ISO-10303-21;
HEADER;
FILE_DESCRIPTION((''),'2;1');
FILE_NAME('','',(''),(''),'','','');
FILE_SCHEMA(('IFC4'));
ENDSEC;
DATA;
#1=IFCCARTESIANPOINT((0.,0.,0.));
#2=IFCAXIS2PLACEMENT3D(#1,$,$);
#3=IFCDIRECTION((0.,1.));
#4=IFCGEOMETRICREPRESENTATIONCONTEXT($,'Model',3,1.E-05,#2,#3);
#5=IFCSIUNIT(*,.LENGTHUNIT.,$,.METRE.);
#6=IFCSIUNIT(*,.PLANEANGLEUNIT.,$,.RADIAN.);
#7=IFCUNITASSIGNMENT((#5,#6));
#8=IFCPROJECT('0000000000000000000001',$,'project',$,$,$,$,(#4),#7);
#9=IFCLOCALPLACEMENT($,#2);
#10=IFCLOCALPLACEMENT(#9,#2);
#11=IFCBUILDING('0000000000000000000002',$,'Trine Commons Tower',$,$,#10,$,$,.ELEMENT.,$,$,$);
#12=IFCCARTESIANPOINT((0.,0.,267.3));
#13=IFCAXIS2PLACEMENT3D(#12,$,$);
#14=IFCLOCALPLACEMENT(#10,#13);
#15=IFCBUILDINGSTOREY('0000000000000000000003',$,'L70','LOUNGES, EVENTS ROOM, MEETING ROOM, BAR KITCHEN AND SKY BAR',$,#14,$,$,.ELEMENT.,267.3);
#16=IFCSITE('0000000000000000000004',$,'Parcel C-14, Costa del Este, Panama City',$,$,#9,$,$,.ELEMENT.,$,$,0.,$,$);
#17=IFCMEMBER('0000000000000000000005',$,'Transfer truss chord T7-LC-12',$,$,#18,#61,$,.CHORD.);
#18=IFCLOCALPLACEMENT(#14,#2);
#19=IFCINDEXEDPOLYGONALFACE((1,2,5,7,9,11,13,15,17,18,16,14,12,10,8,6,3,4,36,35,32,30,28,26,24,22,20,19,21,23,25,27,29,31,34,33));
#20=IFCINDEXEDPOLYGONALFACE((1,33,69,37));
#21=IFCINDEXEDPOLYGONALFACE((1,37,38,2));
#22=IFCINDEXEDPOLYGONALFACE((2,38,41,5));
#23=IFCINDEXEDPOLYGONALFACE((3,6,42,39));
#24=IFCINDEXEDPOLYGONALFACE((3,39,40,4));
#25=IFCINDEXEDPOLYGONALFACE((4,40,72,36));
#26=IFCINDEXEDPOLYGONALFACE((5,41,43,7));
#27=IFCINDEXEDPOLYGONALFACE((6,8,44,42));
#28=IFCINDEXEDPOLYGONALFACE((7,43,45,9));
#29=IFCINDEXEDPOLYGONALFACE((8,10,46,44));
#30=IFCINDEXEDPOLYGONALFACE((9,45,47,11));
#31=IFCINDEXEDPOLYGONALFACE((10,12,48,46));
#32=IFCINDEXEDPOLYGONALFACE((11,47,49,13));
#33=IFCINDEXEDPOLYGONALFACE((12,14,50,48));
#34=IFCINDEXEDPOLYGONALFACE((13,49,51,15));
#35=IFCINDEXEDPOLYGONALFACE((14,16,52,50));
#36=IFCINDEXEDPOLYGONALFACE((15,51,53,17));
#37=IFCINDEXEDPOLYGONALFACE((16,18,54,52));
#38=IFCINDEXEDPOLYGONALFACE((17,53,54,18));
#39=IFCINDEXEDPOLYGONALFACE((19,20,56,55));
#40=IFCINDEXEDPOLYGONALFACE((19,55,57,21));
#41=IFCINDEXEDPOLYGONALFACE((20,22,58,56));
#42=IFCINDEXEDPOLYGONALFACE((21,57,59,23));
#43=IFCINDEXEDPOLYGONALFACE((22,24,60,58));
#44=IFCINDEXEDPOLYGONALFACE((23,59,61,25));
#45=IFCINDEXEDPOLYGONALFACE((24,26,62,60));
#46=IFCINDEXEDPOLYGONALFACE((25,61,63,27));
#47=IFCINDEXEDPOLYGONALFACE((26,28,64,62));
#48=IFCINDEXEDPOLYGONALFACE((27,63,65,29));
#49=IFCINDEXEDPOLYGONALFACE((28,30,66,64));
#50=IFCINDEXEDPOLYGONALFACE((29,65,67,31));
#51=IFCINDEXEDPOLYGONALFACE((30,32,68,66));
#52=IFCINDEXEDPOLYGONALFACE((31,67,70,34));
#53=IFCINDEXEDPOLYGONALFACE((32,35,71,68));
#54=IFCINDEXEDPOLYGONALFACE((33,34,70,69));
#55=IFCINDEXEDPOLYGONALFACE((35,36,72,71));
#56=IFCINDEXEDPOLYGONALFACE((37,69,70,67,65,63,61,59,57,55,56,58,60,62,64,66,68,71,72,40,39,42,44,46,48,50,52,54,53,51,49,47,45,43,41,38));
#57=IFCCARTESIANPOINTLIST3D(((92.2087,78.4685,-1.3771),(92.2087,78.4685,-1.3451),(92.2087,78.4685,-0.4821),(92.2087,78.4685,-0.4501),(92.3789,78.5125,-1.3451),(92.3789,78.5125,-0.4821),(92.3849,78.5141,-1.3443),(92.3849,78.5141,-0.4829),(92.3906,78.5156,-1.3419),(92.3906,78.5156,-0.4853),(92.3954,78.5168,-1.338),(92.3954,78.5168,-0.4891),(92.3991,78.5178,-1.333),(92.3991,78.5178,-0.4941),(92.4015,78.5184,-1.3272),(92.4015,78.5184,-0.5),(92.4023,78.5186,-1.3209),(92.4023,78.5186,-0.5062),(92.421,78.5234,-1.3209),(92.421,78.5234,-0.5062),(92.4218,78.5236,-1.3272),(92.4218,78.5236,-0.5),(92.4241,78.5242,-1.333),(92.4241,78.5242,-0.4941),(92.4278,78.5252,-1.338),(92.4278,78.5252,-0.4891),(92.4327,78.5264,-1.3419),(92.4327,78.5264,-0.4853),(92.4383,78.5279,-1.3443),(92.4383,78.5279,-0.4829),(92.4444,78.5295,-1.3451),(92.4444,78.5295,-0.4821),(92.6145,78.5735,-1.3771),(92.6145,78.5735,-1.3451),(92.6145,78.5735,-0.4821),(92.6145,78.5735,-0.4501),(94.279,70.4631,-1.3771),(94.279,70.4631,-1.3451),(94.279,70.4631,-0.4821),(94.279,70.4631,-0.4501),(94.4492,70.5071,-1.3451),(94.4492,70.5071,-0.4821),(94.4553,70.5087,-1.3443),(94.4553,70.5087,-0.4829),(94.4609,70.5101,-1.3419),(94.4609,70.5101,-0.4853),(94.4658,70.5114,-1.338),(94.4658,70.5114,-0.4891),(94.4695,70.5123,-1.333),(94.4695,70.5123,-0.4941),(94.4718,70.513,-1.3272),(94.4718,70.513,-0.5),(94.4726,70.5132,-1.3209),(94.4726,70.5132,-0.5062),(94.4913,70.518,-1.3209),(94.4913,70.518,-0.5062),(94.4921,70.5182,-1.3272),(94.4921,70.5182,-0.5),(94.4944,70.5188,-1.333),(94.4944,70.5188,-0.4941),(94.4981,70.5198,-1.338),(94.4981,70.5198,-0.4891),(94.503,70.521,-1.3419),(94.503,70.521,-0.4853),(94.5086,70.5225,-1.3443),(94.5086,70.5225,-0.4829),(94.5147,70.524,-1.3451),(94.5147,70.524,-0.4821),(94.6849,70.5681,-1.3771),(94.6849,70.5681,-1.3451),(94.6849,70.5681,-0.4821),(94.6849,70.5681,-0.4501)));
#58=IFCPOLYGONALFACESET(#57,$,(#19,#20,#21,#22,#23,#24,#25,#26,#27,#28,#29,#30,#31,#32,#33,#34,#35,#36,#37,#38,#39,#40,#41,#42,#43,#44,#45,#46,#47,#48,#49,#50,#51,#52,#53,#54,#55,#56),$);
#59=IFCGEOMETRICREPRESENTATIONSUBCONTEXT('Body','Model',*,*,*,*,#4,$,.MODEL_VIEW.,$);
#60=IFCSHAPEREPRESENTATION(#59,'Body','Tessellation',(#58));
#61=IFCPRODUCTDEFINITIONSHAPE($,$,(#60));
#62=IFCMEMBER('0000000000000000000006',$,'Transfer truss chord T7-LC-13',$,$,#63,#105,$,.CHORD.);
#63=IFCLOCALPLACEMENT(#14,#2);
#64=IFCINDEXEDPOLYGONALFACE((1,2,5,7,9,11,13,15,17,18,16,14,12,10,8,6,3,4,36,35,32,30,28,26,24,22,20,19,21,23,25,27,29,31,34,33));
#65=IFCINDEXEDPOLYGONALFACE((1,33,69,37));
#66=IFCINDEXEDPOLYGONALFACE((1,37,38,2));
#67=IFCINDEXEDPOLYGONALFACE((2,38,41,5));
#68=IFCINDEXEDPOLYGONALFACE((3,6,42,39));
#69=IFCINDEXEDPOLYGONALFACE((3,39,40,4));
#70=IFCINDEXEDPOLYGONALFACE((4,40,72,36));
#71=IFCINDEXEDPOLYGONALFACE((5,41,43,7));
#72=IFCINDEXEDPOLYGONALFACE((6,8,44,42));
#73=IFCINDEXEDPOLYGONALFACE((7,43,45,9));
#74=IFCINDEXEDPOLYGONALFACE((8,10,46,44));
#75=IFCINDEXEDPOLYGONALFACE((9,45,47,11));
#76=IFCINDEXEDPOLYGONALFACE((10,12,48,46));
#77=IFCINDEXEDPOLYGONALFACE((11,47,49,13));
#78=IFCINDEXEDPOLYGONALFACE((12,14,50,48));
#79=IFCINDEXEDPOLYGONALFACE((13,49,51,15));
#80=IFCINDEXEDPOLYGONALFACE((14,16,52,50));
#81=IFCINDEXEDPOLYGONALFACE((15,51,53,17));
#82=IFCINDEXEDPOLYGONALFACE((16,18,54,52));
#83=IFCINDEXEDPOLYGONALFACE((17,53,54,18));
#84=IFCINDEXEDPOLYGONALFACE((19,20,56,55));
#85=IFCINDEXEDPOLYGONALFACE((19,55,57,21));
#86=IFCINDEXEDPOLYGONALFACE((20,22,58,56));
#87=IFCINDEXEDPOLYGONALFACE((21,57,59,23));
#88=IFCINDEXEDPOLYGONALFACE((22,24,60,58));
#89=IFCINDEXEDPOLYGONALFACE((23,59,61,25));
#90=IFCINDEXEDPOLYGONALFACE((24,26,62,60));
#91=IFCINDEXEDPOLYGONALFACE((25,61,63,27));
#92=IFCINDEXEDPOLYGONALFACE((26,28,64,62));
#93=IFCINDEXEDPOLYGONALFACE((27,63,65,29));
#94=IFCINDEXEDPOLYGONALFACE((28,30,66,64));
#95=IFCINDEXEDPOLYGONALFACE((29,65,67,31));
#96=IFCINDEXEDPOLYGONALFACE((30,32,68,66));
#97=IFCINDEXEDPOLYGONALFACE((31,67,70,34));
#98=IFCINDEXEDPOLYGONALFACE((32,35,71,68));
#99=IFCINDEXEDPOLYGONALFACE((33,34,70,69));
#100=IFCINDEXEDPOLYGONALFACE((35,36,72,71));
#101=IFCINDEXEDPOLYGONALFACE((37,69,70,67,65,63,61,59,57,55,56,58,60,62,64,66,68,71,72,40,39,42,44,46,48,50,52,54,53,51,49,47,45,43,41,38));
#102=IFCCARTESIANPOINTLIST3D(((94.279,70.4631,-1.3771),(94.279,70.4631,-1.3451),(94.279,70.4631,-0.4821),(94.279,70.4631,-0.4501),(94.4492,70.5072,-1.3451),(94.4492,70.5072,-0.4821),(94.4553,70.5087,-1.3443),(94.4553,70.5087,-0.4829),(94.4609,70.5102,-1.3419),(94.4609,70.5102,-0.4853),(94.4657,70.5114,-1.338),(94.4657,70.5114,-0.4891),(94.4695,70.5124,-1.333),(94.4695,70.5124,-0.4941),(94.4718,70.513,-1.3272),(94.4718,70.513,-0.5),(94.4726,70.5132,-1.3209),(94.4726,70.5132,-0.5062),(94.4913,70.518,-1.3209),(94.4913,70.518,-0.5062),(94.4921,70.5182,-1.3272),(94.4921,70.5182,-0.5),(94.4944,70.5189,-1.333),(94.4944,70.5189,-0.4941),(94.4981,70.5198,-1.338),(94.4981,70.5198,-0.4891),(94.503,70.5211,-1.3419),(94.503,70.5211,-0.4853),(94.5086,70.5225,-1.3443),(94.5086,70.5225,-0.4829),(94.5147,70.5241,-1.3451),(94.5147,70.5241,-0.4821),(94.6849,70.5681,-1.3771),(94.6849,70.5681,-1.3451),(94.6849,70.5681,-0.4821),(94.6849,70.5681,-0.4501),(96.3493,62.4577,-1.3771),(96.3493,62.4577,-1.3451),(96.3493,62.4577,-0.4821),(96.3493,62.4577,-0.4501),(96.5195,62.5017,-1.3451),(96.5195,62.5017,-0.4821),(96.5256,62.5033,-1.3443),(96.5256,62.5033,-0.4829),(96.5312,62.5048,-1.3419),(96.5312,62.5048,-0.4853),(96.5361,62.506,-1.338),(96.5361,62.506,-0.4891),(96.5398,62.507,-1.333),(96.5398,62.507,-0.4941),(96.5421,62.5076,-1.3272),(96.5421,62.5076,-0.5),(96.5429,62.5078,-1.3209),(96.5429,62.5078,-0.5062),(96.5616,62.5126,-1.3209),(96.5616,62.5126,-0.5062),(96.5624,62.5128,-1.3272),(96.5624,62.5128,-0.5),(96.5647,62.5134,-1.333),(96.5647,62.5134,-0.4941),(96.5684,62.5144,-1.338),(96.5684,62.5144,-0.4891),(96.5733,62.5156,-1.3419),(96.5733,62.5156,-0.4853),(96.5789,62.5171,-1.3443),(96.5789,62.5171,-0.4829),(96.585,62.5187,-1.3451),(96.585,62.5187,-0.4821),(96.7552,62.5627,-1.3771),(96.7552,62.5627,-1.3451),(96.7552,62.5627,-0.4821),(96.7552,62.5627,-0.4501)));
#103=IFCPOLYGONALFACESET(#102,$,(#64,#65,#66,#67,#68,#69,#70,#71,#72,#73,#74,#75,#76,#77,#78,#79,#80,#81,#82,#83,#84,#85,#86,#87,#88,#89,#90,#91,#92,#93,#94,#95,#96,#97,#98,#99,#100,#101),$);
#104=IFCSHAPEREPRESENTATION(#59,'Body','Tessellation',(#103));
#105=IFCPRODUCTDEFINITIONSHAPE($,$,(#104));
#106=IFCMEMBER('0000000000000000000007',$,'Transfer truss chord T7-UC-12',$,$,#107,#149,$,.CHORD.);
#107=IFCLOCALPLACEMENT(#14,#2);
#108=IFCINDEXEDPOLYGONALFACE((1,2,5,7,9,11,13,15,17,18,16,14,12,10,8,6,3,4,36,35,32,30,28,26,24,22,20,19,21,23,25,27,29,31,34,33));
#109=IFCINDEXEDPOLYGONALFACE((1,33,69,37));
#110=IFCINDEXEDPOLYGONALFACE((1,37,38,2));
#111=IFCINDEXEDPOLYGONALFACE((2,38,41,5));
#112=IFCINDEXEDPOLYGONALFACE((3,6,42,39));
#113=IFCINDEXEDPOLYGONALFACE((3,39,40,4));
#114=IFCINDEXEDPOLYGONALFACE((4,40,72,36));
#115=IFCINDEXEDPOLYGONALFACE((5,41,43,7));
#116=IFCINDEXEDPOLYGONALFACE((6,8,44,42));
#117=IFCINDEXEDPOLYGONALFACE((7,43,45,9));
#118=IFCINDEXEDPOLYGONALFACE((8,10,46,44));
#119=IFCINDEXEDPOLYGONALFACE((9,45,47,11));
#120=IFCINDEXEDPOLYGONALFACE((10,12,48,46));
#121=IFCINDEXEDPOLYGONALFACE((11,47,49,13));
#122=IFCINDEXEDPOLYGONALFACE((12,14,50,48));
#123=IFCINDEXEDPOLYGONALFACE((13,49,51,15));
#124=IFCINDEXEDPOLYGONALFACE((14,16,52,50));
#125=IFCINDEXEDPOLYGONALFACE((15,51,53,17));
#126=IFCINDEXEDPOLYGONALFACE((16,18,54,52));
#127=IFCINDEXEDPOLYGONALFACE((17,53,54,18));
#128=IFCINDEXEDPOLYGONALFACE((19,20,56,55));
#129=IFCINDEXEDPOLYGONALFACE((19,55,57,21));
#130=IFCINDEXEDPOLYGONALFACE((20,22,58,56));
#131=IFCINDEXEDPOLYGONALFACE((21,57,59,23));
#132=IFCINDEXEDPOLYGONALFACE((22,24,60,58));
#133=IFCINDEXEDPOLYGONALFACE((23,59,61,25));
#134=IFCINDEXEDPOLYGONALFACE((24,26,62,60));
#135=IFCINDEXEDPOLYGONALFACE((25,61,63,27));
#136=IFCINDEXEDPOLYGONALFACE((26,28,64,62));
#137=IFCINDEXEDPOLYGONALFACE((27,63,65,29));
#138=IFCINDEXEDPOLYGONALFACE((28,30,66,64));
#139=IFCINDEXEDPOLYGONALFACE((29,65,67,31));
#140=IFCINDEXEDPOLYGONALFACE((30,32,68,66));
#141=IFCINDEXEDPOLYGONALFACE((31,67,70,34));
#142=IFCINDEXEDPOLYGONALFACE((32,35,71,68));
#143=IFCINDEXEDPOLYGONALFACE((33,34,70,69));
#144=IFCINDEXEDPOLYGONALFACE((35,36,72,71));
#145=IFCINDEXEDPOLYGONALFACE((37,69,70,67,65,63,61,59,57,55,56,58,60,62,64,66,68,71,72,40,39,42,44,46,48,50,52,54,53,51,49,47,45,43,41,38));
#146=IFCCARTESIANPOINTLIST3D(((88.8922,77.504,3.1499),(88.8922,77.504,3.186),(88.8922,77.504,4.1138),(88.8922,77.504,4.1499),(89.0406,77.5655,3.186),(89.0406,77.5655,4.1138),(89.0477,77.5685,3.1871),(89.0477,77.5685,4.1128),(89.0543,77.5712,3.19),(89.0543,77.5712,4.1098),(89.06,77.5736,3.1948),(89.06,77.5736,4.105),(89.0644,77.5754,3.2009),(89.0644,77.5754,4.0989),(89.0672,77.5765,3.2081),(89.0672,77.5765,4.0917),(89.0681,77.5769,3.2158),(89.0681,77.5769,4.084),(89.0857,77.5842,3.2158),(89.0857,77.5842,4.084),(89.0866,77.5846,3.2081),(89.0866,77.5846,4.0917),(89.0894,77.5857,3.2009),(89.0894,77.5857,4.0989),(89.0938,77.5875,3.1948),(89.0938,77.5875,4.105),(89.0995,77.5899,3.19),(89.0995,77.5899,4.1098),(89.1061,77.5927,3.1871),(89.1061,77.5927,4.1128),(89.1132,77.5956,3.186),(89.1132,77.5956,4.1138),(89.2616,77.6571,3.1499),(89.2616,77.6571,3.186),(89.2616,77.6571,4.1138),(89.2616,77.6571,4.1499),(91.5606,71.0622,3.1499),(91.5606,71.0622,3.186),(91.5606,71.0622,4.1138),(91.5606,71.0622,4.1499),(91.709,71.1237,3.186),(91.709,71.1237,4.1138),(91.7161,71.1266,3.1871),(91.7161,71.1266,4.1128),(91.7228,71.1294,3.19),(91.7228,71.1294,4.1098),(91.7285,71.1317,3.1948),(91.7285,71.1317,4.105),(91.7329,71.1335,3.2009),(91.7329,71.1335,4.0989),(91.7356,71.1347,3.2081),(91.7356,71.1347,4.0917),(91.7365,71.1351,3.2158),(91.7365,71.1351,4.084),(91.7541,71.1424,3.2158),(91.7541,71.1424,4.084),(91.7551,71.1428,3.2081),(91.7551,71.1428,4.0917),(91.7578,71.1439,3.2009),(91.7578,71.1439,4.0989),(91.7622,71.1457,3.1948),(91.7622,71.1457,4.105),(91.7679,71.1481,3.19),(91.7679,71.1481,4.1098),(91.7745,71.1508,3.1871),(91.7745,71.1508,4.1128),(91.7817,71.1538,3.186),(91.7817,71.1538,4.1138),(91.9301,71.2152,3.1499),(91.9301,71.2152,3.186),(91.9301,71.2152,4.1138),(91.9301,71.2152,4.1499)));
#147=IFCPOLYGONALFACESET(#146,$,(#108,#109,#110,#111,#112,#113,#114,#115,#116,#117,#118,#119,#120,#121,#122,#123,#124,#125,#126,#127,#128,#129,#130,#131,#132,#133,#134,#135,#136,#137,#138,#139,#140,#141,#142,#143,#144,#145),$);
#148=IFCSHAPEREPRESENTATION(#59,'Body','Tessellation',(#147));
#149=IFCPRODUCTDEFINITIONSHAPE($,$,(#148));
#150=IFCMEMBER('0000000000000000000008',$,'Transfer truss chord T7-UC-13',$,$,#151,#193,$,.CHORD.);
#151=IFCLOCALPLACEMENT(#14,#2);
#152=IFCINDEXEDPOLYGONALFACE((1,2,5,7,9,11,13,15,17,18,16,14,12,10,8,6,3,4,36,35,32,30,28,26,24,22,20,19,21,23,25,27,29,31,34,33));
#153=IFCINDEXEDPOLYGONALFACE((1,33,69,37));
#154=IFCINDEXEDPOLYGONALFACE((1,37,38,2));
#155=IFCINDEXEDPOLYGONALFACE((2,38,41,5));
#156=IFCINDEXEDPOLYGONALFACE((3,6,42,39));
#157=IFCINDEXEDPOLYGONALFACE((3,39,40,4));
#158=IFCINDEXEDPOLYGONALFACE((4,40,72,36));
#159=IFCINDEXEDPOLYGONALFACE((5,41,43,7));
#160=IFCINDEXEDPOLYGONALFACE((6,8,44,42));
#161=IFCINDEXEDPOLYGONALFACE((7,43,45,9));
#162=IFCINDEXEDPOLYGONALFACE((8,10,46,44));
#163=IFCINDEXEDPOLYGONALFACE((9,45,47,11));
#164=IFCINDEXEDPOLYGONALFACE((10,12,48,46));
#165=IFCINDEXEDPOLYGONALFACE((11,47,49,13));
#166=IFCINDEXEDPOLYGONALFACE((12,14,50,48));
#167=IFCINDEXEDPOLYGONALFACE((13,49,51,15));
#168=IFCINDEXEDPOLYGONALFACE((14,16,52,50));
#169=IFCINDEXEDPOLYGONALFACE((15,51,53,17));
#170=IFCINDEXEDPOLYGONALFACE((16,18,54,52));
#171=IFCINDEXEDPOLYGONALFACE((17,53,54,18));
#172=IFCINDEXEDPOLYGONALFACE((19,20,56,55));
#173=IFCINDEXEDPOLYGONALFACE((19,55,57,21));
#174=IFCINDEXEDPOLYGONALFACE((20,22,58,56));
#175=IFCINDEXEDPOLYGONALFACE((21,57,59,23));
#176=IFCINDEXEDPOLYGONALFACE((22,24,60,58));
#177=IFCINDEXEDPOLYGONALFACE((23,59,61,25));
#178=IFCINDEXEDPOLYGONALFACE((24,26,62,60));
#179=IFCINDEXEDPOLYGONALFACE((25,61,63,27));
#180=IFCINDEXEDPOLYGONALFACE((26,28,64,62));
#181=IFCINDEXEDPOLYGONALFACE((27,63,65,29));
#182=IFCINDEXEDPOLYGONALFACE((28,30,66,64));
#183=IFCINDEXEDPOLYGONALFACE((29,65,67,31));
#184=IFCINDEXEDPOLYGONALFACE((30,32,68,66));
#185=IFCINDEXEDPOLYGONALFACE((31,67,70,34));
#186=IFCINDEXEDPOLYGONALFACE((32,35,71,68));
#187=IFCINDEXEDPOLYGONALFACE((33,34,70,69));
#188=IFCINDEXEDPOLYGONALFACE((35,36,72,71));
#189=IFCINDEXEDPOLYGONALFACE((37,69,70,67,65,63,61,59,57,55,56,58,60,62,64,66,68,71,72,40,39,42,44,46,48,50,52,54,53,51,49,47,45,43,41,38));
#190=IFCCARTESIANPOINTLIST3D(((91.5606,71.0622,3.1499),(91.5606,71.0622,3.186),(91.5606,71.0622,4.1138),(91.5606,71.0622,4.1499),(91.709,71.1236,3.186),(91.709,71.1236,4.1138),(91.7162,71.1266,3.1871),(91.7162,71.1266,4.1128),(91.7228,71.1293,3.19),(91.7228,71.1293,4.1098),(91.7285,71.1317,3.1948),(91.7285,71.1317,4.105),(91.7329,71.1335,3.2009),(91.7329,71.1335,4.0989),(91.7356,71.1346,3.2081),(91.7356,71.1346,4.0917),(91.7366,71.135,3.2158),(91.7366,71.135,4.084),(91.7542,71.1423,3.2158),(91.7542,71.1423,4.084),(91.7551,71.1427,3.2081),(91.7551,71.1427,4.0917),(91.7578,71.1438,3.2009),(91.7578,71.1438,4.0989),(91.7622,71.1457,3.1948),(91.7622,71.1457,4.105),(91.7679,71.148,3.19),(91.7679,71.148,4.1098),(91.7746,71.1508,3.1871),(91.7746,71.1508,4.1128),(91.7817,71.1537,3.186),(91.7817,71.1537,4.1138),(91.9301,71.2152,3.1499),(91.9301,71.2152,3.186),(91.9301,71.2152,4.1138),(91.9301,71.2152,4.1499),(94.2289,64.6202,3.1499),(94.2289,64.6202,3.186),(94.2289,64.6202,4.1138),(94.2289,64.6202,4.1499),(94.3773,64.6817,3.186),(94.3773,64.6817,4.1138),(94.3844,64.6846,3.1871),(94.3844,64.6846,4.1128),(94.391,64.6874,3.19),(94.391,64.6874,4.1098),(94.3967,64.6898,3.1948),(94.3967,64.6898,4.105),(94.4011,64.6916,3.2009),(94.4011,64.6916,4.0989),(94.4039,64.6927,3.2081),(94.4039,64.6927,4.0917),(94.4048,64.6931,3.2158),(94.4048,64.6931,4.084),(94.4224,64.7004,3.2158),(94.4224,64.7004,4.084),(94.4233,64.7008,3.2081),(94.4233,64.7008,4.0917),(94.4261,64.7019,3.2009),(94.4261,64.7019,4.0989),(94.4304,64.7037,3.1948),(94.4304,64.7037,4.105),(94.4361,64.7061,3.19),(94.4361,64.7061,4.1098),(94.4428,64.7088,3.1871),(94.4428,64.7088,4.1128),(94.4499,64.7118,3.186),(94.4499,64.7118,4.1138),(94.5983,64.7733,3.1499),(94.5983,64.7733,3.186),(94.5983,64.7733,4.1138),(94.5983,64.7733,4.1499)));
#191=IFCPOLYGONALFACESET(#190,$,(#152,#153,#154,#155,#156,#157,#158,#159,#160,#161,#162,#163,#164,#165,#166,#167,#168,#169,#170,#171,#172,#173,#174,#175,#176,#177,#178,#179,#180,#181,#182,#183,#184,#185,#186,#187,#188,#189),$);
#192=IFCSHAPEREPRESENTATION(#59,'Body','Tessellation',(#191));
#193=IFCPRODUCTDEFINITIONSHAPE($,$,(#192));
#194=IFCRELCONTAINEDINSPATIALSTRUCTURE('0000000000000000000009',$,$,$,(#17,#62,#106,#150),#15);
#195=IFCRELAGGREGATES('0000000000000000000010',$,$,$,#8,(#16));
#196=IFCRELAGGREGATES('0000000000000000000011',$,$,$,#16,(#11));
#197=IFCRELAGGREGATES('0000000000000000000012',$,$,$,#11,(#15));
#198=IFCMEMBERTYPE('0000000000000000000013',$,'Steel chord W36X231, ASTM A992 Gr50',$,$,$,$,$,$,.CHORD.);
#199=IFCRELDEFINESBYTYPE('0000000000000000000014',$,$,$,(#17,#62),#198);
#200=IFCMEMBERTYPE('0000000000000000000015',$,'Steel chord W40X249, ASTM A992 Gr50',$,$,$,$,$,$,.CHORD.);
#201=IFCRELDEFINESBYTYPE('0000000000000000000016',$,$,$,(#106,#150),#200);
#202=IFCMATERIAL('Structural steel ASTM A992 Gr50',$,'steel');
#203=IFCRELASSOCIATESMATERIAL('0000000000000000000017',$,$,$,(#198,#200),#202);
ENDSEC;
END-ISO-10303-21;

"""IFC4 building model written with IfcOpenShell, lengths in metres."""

from ifc_helpers import new_model, si_unit, direction, frame, origin, origin_2d, place, context, subcontext, project, spatial, i_section, extrude, material, material_profile, profile_set, type_object, element, save


model = new_model("IFC4")

# Units and contexts
model_context = context("Model", 3, precision=1e-05, world=origin(), true_north=direction((0.0, 1.0)))
body_context = subcontext(model_context, "Body", "Model", "MODEL_VIEW")
ifc_project = project(units=[si_unit("LENGTHUNIT", "METRE"), si_unit("PLANEANGLEUNIT", "RADIAN")], contexts=[model_context])

# Site, building, storey
site_placement = place(None, origin())
site = spatial("IfcSite", under=ifc_project, at=site_placement, Name="Parcel C-14, Costa del Este, Panama City", CompositionType="ELEMENT", RefElevation=0.0)
building_placement = place(site_placement, origin())
building = spatial("IfcBuilding", under=site, at=building_placement, Name="Trine Commons Tower", CompositionType="ELEMENT")
storey_placement = place(building_placement, frame((0.0, 0.0, 267.3)))
storey = spatial("IfcBuildingStorey", under=building, at=storey_placement, Name="L70", Description="LOUNGES, EVENTS ROOM, MEETING ROOM, BAR KITCHEN AND SKY BAR", CompositionType="ELEMENT", Elevation=267.3)

# Shared definitions
ifc_material_1 = material(Name="Structural steel ASTM A992 Gr50", Category="steel")

# Members
ifc_material_profile_1 = material_profile(ifc_material_1, i_section(OverallWidth=0.4192, OverallDepth=0.927, WebThickness=0.0193, FlangeThickness=0.032, FilletRadius=0.0242, at=origin_2d()), Name="W36X231")
ifc_profile_set_1 = profile_set([ifc_material_profile_1], Name="Structural steel ASTM A992 Gr50")
member_type_1 = type_object("IfcMemberType", Name="Steel chord W36X231, ASTM A992 Gr50", PredefinedType="CHORD", material=ifc_profile_set_1)
for number, where, z_axis, x_axis, name in (
    (1, (92.4116, 78.521, -0.9136), (0.250378, -0.968148, 0.0), (0.968148, 0.250378, 0.0), "Transfer truss chord T7-LC-12"),
    (2, (94.4819, 70.5156, -0.9136), (0.250378, -0.968148, 0.0), (0.968148, 0.250378, 0.0), "Transfer truss chord T7-LC-13"),
):
    element("IfcMember", number, at=place(storey_placement, frame(where, z_axis=z_axis, x_axis=x_axis)), inside=storey, type_object=member_type_1, Name=name, PredefinedType="CHORD", context=body_context, shape_type="SweptSolid", body=[
        extrude(i_section(OverallWidth=0.4192, OverallDepth=0.927, WebThickness=0.0193, FlangeThickness=0.032, FilletRadius=0.0242, at=origin_2d()), origin(), (0.0, 0.0, 1.0), 8.2688),
    ])
ifc_material_profile_2 = material_profile(ifc_material_1, i_section(OverallWidth=0.3999, OverallDepth=1.0, WebThickness=0.019, FlangeThickness=0.0361, FilletRadius=0.0298, at=origin_2d()), Name="W40X249")
ifc_profile_set_2 = profile_set([ifc_material_profile_2], Name="Structural steel ASTM A992 Gr50")
member_type_2 = type_object("IfcMemberType", Name="Steel chord W40X249, ASTM A992 Gr50", PredefinedType="CHORD", material=ifc_profile_set_2)
for number, where, z_axis, x_axis, name in (
    (3, (89.0769, 77.5806, 3.6499), (0.3827, -0.923873, 0.0), (0.923873, 0.3827, 0.0), "Transfer truss chord T7-UC-12"),
    (4, (91.7454, 71.1387, 3.6499), (0.38267, -0.923885, 0.0), (0.923885, 0.38267, 0.0), "Transfer truss chord T7-UC-13"),
):
    element("IfcMember", number, at=place(storey_placement, frame(where, z_axis=z_axis, x_axis=x_axis)), inside=storey, type_object=member_type_2, Name=name, PredefinedType="CHORD", context=body_context, shape_type="SweptSolid", body=[
        extrude(i_section(OverallWidth=0.3999, OverallDepth=1.0, WebThickness=0.019, FlangeThickness=0.0361, FilletRadius=0.0298, at=origin_2d()), origin(), (0.0, 0.0, 1.0), 6.9727),
    ])

save(model, "model.ifc")
